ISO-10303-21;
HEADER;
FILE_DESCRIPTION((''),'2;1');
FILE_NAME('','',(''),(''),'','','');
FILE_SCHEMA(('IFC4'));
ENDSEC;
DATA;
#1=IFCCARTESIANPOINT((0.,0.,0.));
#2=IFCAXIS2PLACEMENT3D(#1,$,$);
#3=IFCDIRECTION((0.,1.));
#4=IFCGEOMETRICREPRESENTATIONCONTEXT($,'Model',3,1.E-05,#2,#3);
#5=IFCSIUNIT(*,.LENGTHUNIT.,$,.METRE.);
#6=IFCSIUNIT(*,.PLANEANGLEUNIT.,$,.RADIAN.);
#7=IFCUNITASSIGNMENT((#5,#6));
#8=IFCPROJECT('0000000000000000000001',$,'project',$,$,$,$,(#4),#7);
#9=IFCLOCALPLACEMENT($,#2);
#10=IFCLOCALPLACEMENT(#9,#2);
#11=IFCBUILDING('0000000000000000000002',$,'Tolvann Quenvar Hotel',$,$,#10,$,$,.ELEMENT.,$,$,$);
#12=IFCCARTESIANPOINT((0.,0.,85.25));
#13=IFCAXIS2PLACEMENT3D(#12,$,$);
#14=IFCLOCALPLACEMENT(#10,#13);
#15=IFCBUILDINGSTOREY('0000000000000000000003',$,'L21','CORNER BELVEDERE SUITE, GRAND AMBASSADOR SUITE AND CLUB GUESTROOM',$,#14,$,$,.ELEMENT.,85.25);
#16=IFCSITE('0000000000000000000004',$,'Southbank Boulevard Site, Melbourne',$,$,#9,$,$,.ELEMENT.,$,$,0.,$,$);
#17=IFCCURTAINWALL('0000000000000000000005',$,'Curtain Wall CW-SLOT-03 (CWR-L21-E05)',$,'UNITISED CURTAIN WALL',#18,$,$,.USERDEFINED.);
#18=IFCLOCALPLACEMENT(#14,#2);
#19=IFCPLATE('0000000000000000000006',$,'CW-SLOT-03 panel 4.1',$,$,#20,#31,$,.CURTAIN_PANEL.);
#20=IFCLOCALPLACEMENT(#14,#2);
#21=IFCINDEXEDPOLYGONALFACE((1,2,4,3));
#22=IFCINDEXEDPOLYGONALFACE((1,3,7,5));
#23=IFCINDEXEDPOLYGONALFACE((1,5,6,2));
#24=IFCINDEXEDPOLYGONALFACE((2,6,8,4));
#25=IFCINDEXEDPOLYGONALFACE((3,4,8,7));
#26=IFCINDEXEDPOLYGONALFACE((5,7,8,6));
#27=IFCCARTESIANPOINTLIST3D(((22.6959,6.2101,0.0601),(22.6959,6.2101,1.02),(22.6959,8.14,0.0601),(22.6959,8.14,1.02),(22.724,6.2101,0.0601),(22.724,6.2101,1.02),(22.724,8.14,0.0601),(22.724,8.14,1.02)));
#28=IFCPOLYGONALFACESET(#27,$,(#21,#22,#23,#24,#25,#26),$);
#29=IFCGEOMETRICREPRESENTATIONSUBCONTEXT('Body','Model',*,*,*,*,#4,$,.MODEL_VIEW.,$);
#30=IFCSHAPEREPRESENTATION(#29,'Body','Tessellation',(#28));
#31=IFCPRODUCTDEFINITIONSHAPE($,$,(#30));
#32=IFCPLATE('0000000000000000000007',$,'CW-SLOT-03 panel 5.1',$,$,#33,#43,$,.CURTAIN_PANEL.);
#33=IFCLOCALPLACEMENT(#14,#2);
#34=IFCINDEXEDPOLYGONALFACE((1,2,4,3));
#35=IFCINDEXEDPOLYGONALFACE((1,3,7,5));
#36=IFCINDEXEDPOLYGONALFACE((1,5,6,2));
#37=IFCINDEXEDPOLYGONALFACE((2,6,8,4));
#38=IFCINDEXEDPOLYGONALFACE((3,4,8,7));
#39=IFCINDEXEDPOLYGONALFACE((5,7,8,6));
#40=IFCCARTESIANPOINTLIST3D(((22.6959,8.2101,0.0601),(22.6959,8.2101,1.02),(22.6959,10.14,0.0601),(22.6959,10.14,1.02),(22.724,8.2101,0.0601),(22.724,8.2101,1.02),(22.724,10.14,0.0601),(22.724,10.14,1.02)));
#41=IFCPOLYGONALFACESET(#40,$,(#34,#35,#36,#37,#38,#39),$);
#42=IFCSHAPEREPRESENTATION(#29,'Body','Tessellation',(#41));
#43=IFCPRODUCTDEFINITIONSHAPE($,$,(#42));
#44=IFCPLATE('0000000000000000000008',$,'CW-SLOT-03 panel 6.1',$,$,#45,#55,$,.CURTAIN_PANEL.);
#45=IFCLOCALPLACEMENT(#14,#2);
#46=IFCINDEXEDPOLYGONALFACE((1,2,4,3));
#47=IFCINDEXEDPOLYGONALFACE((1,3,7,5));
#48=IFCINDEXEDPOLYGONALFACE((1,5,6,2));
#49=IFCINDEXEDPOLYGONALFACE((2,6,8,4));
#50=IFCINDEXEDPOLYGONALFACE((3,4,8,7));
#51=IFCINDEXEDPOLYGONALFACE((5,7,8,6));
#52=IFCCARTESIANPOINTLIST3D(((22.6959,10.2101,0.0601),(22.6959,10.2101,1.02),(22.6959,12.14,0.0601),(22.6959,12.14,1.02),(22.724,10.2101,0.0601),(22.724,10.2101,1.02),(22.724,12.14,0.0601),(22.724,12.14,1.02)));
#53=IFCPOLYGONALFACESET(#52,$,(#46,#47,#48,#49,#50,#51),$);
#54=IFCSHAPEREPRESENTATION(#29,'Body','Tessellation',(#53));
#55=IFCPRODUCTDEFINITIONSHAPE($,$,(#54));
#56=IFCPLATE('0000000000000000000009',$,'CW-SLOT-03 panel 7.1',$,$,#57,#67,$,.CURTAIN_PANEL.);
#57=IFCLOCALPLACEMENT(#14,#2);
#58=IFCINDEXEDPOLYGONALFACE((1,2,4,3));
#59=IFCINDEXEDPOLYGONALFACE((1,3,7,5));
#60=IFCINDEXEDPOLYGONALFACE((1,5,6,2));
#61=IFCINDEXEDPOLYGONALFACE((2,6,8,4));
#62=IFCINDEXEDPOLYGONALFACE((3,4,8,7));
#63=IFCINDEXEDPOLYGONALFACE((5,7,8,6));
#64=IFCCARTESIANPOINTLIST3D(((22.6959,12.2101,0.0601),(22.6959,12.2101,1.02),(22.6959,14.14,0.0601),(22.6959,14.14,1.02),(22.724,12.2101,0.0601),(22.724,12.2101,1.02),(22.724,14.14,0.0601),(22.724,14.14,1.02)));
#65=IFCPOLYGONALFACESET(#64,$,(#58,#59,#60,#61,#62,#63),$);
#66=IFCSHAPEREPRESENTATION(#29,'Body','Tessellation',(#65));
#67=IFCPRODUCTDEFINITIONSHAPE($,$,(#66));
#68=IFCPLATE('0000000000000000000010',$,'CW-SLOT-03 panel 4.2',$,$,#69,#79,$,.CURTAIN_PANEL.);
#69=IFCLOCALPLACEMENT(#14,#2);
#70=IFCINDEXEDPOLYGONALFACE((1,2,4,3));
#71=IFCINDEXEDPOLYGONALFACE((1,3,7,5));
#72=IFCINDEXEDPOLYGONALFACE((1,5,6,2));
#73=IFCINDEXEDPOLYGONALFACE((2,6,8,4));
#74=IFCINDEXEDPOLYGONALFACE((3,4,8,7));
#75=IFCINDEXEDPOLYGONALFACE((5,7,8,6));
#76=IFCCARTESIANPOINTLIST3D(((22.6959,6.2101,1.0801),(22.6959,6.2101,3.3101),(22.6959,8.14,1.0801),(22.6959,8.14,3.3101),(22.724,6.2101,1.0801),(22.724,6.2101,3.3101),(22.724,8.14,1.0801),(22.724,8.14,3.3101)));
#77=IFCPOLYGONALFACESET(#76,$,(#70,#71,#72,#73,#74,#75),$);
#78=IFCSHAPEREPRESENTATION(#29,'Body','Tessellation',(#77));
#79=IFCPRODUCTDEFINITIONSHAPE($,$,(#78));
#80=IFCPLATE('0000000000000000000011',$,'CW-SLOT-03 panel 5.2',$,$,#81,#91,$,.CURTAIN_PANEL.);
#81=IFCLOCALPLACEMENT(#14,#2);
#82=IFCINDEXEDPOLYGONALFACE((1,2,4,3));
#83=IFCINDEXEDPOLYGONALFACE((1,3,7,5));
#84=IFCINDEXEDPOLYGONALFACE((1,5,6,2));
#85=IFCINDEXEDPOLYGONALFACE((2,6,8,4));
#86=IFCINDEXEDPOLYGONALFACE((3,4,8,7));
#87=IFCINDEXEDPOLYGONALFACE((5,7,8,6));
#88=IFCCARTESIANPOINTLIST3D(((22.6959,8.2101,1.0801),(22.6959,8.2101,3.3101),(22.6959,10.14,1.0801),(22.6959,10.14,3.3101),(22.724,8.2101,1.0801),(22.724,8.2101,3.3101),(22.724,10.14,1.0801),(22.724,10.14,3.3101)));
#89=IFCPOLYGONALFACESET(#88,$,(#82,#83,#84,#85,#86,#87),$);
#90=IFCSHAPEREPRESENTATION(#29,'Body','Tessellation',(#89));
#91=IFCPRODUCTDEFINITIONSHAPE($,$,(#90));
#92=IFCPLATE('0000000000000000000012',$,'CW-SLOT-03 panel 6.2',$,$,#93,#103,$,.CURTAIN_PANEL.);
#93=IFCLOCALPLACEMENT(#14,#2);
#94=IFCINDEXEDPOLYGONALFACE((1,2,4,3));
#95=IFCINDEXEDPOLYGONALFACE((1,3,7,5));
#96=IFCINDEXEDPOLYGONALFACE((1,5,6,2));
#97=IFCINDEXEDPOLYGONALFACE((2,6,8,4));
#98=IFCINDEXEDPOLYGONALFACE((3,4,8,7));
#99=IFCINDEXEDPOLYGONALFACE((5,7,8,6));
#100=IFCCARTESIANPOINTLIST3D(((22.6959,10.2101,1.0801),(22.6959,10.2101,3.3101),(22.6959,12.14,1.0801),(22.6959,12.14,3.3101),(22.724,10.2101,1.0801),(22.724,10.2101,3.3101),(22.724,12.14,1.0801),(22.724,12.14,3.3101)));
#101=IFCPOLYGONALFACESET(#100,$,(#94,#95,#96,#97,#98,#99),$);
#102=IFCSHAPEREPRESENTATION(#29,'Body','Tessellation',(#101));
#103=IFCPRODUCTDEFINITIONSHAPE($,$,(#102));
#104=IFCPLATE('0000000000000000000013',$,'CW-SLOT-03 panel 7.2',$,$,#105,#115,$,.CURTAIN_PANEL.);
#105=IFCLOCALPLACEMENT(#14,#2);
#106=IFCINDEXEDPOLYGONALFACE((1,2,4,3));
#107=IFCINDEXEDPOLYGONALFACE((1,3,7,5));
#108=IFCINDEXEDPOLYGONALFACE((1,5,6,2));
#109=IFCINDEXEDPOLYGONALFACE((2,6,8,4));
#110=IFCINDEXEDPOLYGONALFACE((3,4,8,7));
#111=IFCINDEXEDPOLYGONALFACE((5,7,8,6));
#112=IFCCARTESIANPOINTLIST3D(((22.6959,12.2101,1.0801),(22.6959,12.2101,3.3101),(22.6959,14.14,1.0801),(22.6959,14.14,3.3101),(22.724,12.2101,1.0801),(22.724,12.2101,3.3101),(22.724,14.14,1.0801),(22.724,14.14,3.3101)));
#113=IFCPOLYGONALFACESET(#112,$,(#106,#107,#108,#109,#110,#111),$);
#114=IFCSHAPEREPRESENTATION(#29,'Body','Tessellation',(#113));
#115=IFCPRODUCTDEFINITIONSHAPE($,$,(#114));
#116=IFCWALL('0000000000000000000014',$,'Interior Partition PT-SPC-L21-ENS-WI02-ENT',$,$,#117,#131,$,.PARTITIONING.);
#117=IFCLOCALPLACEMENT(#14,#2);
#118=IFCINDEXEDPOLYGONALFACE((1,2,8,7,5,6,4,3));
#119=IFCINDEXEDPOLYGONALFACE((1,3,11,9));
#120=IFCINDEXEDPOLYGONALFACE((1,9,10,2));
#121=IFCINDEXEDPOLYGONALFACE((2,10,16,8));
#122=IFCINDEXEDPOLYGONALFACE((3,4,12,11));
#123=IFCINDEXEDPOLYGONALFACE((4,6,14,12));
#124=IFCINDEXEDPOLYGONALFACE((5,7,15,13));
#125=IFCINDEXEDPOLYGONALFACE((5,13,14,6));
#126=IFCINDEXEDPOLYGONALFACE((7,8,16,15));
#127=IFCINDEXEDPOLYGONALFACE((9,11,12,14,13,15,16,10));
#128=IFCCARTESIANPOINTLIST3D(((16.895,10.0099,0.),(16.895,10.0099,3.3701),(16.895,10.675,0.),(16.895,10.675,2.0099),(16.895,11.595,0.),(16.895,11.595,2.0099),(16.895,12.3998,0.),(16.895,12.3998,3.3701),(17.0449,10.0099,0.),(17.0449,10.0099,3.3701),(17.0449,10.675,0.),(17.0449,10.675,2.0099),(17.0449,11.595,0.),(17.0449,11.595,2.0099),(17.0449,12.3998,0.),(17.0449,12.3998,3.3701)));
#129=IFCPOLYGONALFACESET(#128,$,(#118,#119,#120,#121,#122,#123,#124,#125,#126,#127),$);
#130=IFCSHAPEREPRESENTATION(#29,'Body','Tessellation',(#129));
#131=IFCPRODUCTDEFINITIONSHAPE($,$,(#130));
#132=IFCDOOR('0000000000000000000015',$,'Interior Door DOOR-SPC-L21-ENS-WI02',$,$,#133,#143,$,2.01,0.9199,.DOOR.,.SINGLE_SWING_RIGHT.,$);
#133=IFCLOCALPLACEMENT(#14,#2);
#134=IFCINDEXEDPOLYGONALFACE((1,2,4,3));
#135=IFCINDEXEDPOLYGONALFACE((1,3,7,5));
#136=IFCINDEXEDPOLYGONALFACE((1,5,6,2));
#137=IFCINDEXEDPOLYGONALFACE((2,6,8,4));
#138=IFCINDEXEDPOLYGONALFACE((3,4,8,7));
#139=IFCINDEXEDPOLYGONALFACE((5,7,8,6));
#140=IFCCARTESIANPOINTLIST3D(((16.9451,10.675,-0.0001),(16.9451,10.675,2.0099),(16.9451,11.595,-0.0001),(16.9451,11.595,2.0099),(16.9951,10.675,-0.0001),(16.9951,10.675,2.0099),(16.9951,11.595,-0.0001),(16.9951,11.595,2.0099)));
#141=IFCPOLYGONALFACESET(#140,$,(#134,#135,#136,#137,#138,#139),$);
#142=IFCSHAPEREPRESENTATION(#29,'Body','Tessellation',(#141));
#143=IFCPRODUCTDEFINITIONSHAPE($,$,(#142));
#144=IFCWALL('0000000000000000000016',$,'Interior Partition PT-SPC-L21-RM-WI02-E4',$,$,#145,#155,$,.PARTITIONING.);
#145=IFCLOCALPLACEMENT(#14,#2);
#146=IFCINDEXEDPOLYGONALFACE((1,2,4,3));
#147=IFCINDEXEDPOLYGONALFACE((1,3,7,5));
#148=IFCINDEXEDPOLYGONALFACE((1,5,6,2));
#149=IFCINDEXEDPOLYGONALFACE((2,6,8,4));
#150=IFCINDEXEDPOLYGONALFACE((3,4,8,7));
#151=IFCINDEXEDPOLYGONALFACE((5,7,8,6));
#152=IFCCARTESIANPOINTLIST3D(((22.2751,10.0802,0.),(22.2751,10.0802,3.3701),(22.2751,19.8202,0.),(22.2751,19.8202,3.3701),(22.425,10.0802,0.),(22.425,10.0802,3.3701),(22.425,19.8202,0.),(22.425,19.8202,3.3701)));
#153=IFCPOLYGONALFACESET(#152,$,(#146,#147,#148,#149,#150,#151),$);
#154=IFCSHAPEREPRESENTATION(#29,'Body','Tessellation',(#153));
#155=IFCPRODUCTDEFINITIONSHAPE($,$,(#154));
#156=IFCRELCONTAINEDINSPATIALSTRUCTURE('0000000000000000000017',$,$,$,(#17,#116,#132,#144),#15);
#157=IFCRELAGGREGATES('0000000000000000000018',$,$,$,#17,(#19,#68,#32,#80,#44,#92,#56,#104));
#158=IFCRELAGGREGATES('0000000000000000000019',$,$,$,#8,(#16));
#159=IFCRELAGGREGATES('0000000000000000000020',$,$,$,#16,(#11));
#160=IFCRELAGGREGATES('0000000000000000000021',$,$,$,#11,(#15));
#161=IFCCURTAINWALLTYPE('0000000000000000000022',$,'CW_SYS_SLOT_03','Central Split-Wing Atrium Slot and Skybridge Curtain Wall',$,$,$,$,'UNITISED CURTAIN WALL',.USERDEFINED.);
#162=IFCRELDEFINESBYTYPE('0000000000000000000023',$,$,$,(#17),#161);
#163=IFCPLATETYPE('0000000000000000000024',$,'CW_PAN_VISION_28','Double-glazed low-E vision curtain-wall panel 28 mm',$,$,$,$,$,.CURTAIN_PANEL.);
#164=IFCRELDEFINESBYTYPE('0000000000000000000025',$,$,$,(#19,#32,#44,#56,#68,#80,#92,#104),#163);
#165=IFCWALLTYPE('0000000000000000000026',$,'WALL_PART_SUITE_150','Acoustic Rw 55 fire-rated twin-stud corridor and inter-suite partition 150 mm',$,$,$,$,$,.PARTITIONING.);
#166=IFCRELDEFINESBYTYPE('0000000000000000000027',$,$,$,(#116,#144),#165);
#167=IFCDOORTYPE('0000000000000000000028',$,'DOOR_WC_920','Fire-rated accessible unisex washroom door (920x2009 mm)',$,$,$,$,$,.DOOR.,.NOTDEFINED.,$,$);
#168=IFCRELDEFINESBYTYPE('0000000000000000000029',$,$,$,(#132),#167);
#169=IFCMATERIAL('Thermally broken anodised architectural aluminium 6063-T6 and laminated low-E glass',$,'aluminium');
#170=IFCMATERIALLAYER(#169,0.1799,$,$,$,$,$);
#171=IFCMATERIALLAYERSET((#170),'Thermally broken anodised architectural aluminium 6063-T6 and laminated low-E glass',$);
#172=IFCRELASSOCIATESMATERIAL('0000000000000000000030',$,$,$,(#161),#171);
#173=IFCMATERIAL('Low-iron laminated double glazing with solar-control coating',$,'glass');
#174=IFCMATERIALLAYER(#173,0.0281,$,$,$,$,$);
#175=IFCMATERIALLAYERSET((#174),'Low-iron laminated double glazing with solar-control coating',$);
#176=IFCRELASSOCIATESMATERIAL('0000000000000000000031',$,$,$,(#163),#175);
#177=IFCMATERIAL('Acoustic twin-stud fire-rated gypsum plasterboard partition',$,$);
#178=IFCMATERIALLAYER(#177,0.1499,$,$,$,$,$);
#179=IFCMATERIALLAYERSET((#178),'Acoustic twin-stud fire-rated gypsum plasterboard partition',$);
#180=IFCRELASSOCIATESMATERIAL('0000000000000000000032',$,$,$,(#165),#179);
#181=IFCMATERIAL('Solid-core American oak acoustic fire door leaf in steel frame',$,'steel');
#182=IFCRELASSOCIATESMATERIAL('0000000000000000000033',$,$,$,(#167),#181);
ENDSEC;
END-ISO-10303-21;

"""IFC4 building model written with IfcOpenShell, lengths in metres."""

from ifc_helpers import new_model, si_unit, direction, frame, frame_2d, origin, origin_2d, place, context, subcontext, project, spatial, rectangle, extrude, source, transform, mapped, material, layer, layer_set, type_object, type_shapes, element, fill, aggregate, save


model = new_model("IFC4")

# Units and contexts
model_context = context("Model", 3, precision=1e-05, world=origin(), true_north=direction((0.0, 1.0)))
body_context = subcontext(model_context, "Body", "Model", "MODEL_VIEW")
ifc_project = project(units=[si_unit("LENGTHUNIT", "METRE"), si_unit("PLANEANGLEUNIT", "RADIAN")], contexts=[model_context])

# Site, building, storey
site_placement = place(None, origin())
site = spatial("IfcSite", under=ifc_project, at=site_placement, Name="Southbank Boulevard Site, Melbourne", CompositionType="ELEMENT", RefElevation=0.0)
building_placement = place(site_placement, origin())
building = spatial("IfcBuilding", under=site, at=building_placement, Name="Tolvann Quenvar Hotel", CompositionType="ELEMENT")
storey_placement = place(building_placement, frame((0.0, 0.0, 85.25)))
storey = spatial("IfcBuildingStorey", under=building, at=storey_placement, Name="L21", Description="CORNER BELVEDERE SUITE, GRAND AMBASSADOR SUITE AND CLUB GUESTROOM", CompositionType="ELEMENT", Elevation=85.25)

# Curtain wall, plates
ifc_material_1 = material(Name="Thermally broken anodised architectural aluminium 6063-T6 and laminated low-E glass", Category="aluminium")
ifc_layer_1 = layer(ifc_material_1, 0.1799)
ifc_layer_set_1 = layer_set([ifc_layer_1], Name="Thermally broken anodised architectural aluminium 6063-T6 and laminated low-E glass")
curtain_wall_type = type_object("IfcCurtainWallType", Name="CW_SYS_SLOT_03", Description="Central Split-Wing Atrium Slot and Skybridge Curtain Wall", ElementType="UNITISED CURTAIN WALL", PredefinedType="USERDEFINED", material=ifc_layer_set_1)
curtain_wall_placement = place(storey_placement, origin())
curtain_wall = element("IfcCurtainWall", 1, at=curtain_wall_placement, inside=storey, type_object=curtain_wall_type, Name="Curtain Wall CW-SLOT-03 (CWR-L21-E05)", ObjectType="UNITISED CURTAIN WALL", PredefinedType="USERDEFINED")
ifc_material_2 = material(Name="Low-iron laminated double glazing with solar-control coating", Category="glass")
ifc_layer_2 = layer(ifc_material_2, 0.0281)
ifc_layer_set_2 = layer_set([ifc_layer_2], Name="Low-iron laminated double glazing with solar-control coating")
plate_type = type_object("IfcPlateType", Name="CW_PAN_VISION_28", Description="Double-glazed low-E vision curtain-wall panel 28 mm", PredefinedType="CURTAIN_PANEL", material=ifc_layer_set_2)
shared_shape_1 = source(origin(), body_context, "Body", "SweptSolid", [
    extrude(rectangle(XDim=1.9299, YDim=0.0281, at=origin_2d()), origin(), (0.0, 0.0, 1.0), 0.96),
])
plate_1_placement = place(storey_placement, frame((22.71, 7.175, 0.0601), z_axis=(0.0, 0.0, 1.0), x_axis=(0.0, 1.0, 0.0)))
plate_1 = element("IfcPlate", 2, at=plate_1_placement, type_object=plate_type, Name="CW-SLOT-03 panel 4.1", PredefinedType="CURTAIN_PANEL", context=body_context, shape_type="MappedRepresentation", body=[
    mapped(shared_shape_1, transform((0.0, 0.0, 0.0), x_axis=(1.0, 0.0, 0.0), y_axis=(0.0, 1.0, 0.0), z_axis=(0.0, 0.0, 1.0), scale=1.0)),
])
plate_2_placement = place(storey_placement, frame((22.71, 9.175, 0.0601), z_axis=(0.0, 0.0, 1.0), x_axis=(0.0, 1.0, 0.0)))
plate_2 = element("IfcPlate", 3, at=plate_2_placement, type_object=plate_type, Name="CW-SLOT-03 panel 5.1", PredefinedType="CURTAIN_PANEL", context=body_context, shape_type="MappedRepresentation", body=[
    mapped(shared_shape_1, transform((0.0, 0.0, 0.0), x_axis=(1.0, 0.0, 0.0), y_axis=(0.0, 1.0, 0.0), z_axis=(0.0, 0.0, 1.0), scale=1.0)),
])
plate_3_placement = place(storey_placement, frame((22.71, 11.175, 0.0601), z_axis=(0.0, 0.0, 1.0), x_axis=(0.0, 1.0, 0.0)))
plate_3 = element("IfcPlate", 4, at=plate_3_placement, type_object=plate_type, Name="CW-SLOT-03 panel 6.1", PredefinedType="CURTAIN_PANEL", context=body_context, shape_type="MappedRepresentation", body=[
    mapped(shared_shape_1, transform((0.0, 0.0, 0.0), x_axis=(1.0, 0.0, 0.0), y_axis=(0.0, 1.0, 0.0), z_axis=(0.0, 0.0, 1.0), scale=1.0)),
])
plate_4_placement = place(storey_placement, frame((22.71, 13.175, 0.0601), z_axis=(0.0, 0.0, 1.0), x_axis=(0.0, 1.0, 0.0)))
plate_4 = element("IfcPlate", 5, at=plate_4_placement, type_object=plate_type, Name="CW-SLOT-03 panel 7.1", PredefinedType="CURTAIN_PANEL", context=body_context, shape_type="MappedRepresentation", body=[
    mapped(shared_shape_1, transform((0.0, 0.0, 0.0), x_axis=(1.0, 0.0, 0.0), y_axis=(0.0, 1.0, 0.0), z_axis=(0.0, 0.0, 1.0), scale=1.0)),
])
shared_shape_2 = source(origin(), body_context, "Body", "SweptSolid", [
    extrude(rectangle(XDim=1.9299, YDim=0.0281, at=origin_2d()), origin(), (0.0, 0.0, 1.0), 2.23),
])
type_shapes(plate_type, [shared_shape_1, shared_shape_2])
plate_5_placement = place(storey_placement, frame((22.71, 7.175, 1.0801), z_axis=(0.0, 0.0, 1.0), x_axis=(0.0, 1.0, 0.0)))
plate_5 = element("IfcPlate", 6, at=plate_5_placement, type_object=plate_type, Name="CW-SLOT-03 panel 4.2", PredefinedType="CURTAIN_PANEL", context=body_context, shape_type="MappedRepresentation", body=[
    mapped(shared_shape_2, transform((0.0, 0.0, 0.0), x_axis=(1.0, 0.0, 0.0), y_axis=(0.0, 1.0, 0.0), z_axis=(0.0, 0.0, 1.0), scale=1.0)),
])
plate_6_placement = place(storey_placement, frame((22.71, 9.175, 1.0801), z_axis=(0.0, 0.0, 1.0), x_axis=(0.0, 1.0, 0.0)))
plate_6 = element("IfcPlate", 7, at=plate_6_placement, type_object=plate_type, Name="CW-SLOT-03 panel 5.2", PredefinedType="CURTAIN_PANEL", context=body_context, shape_type="MappedRepresentation", body=[
    mapped(shared_shape_2, transform((0.0, 0.0, 0.0), x_axis=(1.0, 0.0, 0.0), y_axis=(0.0, 1.0, 0.0), z_axis=(0.0, 0.0, 1.0), scale=1.0)),
])
plate_7_placement = place(storey_placement, frame((22.71, 11.175, 1.0801), z_axis=(0.0, 0.0, 1.0), x_axis=(0.0, 1.0, 0.0)))
plate_7 = element("IfcPlate", 8, at=plate_7_placement, type_object=plate_type, Name="CW-SLOT-03 panel 6.2", PredefinedType="CURTAIN_PANEL", context=body_context, shape_type="MappedRepresentation", body=[
    mapped(shared_shape_2, transform((0.0, 0.0, 0.0), x_axis=(1.0, 0.0, 0.0), y_axis=(0.0, 1.0, 0.0), z_axis=(0.0, 0.0, 1.0), scale=1.0)),
])
plate_8_placement = place(storey_placement, frame((22.71, 13.175, 1.0801), z_axis=(0.0, 0.0, 1.0), x_axis=(0.0, 1.0, 0.0)))
plate_8 = element("IfcPlate", 9, at=plate_8_placement, type_object=plate_type, Name="CW-SLOT-03 panel 7.2", PredefinedType="CURTAIN_PANEL", context=body_context, shape_type="MappedRepresentation", body=[
    mapped(shared_shape_2, transform((0.0, 0.0, 0.0), x_axis=(1.0, 0.0, 0.0), y_axis=(0.0, 1.0, 0.0), z_axis=(0.0, 0.0, 1.0), scale=1.0)),
])
aggregate(curtain_wall, [plate_1, plate_5, plate_2, plate_6, plate_3, plate_7, plate_4, plate_8])

# Wall, opening, door
ifc_material_3 = material(Name="Acoustic twin-stud fire-rated gypsum plasterboard partition")
ifc_layer_3 = layer(ifc_material_3, 0.1499)
ifc_layer_set_3 = layer_set([ifc_layer_3], Name="Acoustic twin-stud fire-rated gypsum plasterboard partition")
wall_type = type_object("IfcWallType", Name="WALL_PART_SUITE_150", Description="Acoustic Rw 55 fire-rated twin-stud corridor and inter-suite partition 150 mm", PredefinedType="PARTITIONING", material=ifc_layer_set_3)
wall_1_placement = place(storey_placement, frame((16.97, 10.01, 0.0), z_axis=(0.0, 0.0, 1.0), x_axis=(0.0, 1.0, 0.0)))
wall_1 = element("IfcWall", 10, at=wall_1_placement, inside=storey, type_object=wall_type, Name="Interior Partition PT-SPC-L21-ENS-WI02-ENT", PredefinedType="PARTITIONING", context=body_context, shape_type="SweptSolid", body=[
    extrude(rectangle(XDim=2.3899, YDim=0.1499, at=frame_2d((1.1948, 0.0))), origin(), (0.0, 0.0, 1.0), 3.3701),
])
opening_placement = place(wall_1_placement, frame((0.665, 0.0, 0.0)))
opening = element("IfcOpeningElement", 11, at=opening_placement, cuts=wall_1, PredefinedType="OPENING", context=body_context, shape_type="SweptSolid", body=[
    extrude(rectangle(XDim=0.9199, YDim=2.01, at=frame_2d((0.46, 1.0049))), frame((0.0, 0.085, 0.0), z_axis=(0.0, -1.0, 0.0), x_axis=(1.0, 0.0, 0.0)), (0.0, 0.0, 1.0), 0.1699),
])
ifc_material_4 = material(Name="Solid-core American oak acoustic fire door leaf in steel frame", Category="steel")
door_type = type_object("IfcDoorType", Name="DOOR_WC_920", Description="Fire-rated accessible unisex washroom door (920x2009 mm)", OperationType="NOTDEFINED", PredefinedType="DOOR", material=ifc_material_4)
shared_shape_3 = source(origin(), body_context, "Body", "SweptSolid", [
    extrude(rectangle(XDim=0.9199, YDim=2.01, at=frame_2d((0.46, 1.0049))), frame((0.0, 0.0249, 0.0), z_axis=(0.0, -1.0, 0.0), x_axis=(1.0, 0.0, 0.0)), (0.0, 0.0, 1.0), 0.05),
])
type_shapes(door_type, [shared_shape_3])
door_placement = place(opening_placement, origin())
door = element("IfcDoor", 12, at=door_placement, inside=storey, type_object=door_type, Name="Interior Door DOOR-SPC-L21-ENS-WI02", OperationType="SINGLE_SWING_RIGHT", OverallHeight=2.01, OverallWidth=0.9199, PredefinedType="DOOR", context=body_context, shape_type="MappedRepresentation", body=[
    mapped(shared_shape_3, transform((0.0, 0.0, 0.0), x_axis=(1.0, 0.0, 0.0), y_axis=(0.0, 1.0, 0.0), z_axis=(0.0, 0.0, 1.0), scale=1.0)),
])
fill(opening, door)

# Wall
wall_2_placement = place(storey_placement, frame((22.3501, 10.0801, 0.0), z_axis=(0.0, 0.0, 1.0), x_axis=(0.0, 1.0, 0.0)))
element("IfcWall", 13, at=wall_2_placement, inside=storey, type_object=wall_type, Name="Interior Partition PT-SPC-L21-RM-WI02-E4", PredefinedType="PARTITIONING", context=body_context, shape_type="SweptSolid", body=[
    extrude(rectangle(XDim=9.74, YDim=0.1499, at=frame_2d((4.8701, 0.0))), origin(), (0.0, 0.0, 1.0), 3.3701),
])

save(model, "model.ifc")
